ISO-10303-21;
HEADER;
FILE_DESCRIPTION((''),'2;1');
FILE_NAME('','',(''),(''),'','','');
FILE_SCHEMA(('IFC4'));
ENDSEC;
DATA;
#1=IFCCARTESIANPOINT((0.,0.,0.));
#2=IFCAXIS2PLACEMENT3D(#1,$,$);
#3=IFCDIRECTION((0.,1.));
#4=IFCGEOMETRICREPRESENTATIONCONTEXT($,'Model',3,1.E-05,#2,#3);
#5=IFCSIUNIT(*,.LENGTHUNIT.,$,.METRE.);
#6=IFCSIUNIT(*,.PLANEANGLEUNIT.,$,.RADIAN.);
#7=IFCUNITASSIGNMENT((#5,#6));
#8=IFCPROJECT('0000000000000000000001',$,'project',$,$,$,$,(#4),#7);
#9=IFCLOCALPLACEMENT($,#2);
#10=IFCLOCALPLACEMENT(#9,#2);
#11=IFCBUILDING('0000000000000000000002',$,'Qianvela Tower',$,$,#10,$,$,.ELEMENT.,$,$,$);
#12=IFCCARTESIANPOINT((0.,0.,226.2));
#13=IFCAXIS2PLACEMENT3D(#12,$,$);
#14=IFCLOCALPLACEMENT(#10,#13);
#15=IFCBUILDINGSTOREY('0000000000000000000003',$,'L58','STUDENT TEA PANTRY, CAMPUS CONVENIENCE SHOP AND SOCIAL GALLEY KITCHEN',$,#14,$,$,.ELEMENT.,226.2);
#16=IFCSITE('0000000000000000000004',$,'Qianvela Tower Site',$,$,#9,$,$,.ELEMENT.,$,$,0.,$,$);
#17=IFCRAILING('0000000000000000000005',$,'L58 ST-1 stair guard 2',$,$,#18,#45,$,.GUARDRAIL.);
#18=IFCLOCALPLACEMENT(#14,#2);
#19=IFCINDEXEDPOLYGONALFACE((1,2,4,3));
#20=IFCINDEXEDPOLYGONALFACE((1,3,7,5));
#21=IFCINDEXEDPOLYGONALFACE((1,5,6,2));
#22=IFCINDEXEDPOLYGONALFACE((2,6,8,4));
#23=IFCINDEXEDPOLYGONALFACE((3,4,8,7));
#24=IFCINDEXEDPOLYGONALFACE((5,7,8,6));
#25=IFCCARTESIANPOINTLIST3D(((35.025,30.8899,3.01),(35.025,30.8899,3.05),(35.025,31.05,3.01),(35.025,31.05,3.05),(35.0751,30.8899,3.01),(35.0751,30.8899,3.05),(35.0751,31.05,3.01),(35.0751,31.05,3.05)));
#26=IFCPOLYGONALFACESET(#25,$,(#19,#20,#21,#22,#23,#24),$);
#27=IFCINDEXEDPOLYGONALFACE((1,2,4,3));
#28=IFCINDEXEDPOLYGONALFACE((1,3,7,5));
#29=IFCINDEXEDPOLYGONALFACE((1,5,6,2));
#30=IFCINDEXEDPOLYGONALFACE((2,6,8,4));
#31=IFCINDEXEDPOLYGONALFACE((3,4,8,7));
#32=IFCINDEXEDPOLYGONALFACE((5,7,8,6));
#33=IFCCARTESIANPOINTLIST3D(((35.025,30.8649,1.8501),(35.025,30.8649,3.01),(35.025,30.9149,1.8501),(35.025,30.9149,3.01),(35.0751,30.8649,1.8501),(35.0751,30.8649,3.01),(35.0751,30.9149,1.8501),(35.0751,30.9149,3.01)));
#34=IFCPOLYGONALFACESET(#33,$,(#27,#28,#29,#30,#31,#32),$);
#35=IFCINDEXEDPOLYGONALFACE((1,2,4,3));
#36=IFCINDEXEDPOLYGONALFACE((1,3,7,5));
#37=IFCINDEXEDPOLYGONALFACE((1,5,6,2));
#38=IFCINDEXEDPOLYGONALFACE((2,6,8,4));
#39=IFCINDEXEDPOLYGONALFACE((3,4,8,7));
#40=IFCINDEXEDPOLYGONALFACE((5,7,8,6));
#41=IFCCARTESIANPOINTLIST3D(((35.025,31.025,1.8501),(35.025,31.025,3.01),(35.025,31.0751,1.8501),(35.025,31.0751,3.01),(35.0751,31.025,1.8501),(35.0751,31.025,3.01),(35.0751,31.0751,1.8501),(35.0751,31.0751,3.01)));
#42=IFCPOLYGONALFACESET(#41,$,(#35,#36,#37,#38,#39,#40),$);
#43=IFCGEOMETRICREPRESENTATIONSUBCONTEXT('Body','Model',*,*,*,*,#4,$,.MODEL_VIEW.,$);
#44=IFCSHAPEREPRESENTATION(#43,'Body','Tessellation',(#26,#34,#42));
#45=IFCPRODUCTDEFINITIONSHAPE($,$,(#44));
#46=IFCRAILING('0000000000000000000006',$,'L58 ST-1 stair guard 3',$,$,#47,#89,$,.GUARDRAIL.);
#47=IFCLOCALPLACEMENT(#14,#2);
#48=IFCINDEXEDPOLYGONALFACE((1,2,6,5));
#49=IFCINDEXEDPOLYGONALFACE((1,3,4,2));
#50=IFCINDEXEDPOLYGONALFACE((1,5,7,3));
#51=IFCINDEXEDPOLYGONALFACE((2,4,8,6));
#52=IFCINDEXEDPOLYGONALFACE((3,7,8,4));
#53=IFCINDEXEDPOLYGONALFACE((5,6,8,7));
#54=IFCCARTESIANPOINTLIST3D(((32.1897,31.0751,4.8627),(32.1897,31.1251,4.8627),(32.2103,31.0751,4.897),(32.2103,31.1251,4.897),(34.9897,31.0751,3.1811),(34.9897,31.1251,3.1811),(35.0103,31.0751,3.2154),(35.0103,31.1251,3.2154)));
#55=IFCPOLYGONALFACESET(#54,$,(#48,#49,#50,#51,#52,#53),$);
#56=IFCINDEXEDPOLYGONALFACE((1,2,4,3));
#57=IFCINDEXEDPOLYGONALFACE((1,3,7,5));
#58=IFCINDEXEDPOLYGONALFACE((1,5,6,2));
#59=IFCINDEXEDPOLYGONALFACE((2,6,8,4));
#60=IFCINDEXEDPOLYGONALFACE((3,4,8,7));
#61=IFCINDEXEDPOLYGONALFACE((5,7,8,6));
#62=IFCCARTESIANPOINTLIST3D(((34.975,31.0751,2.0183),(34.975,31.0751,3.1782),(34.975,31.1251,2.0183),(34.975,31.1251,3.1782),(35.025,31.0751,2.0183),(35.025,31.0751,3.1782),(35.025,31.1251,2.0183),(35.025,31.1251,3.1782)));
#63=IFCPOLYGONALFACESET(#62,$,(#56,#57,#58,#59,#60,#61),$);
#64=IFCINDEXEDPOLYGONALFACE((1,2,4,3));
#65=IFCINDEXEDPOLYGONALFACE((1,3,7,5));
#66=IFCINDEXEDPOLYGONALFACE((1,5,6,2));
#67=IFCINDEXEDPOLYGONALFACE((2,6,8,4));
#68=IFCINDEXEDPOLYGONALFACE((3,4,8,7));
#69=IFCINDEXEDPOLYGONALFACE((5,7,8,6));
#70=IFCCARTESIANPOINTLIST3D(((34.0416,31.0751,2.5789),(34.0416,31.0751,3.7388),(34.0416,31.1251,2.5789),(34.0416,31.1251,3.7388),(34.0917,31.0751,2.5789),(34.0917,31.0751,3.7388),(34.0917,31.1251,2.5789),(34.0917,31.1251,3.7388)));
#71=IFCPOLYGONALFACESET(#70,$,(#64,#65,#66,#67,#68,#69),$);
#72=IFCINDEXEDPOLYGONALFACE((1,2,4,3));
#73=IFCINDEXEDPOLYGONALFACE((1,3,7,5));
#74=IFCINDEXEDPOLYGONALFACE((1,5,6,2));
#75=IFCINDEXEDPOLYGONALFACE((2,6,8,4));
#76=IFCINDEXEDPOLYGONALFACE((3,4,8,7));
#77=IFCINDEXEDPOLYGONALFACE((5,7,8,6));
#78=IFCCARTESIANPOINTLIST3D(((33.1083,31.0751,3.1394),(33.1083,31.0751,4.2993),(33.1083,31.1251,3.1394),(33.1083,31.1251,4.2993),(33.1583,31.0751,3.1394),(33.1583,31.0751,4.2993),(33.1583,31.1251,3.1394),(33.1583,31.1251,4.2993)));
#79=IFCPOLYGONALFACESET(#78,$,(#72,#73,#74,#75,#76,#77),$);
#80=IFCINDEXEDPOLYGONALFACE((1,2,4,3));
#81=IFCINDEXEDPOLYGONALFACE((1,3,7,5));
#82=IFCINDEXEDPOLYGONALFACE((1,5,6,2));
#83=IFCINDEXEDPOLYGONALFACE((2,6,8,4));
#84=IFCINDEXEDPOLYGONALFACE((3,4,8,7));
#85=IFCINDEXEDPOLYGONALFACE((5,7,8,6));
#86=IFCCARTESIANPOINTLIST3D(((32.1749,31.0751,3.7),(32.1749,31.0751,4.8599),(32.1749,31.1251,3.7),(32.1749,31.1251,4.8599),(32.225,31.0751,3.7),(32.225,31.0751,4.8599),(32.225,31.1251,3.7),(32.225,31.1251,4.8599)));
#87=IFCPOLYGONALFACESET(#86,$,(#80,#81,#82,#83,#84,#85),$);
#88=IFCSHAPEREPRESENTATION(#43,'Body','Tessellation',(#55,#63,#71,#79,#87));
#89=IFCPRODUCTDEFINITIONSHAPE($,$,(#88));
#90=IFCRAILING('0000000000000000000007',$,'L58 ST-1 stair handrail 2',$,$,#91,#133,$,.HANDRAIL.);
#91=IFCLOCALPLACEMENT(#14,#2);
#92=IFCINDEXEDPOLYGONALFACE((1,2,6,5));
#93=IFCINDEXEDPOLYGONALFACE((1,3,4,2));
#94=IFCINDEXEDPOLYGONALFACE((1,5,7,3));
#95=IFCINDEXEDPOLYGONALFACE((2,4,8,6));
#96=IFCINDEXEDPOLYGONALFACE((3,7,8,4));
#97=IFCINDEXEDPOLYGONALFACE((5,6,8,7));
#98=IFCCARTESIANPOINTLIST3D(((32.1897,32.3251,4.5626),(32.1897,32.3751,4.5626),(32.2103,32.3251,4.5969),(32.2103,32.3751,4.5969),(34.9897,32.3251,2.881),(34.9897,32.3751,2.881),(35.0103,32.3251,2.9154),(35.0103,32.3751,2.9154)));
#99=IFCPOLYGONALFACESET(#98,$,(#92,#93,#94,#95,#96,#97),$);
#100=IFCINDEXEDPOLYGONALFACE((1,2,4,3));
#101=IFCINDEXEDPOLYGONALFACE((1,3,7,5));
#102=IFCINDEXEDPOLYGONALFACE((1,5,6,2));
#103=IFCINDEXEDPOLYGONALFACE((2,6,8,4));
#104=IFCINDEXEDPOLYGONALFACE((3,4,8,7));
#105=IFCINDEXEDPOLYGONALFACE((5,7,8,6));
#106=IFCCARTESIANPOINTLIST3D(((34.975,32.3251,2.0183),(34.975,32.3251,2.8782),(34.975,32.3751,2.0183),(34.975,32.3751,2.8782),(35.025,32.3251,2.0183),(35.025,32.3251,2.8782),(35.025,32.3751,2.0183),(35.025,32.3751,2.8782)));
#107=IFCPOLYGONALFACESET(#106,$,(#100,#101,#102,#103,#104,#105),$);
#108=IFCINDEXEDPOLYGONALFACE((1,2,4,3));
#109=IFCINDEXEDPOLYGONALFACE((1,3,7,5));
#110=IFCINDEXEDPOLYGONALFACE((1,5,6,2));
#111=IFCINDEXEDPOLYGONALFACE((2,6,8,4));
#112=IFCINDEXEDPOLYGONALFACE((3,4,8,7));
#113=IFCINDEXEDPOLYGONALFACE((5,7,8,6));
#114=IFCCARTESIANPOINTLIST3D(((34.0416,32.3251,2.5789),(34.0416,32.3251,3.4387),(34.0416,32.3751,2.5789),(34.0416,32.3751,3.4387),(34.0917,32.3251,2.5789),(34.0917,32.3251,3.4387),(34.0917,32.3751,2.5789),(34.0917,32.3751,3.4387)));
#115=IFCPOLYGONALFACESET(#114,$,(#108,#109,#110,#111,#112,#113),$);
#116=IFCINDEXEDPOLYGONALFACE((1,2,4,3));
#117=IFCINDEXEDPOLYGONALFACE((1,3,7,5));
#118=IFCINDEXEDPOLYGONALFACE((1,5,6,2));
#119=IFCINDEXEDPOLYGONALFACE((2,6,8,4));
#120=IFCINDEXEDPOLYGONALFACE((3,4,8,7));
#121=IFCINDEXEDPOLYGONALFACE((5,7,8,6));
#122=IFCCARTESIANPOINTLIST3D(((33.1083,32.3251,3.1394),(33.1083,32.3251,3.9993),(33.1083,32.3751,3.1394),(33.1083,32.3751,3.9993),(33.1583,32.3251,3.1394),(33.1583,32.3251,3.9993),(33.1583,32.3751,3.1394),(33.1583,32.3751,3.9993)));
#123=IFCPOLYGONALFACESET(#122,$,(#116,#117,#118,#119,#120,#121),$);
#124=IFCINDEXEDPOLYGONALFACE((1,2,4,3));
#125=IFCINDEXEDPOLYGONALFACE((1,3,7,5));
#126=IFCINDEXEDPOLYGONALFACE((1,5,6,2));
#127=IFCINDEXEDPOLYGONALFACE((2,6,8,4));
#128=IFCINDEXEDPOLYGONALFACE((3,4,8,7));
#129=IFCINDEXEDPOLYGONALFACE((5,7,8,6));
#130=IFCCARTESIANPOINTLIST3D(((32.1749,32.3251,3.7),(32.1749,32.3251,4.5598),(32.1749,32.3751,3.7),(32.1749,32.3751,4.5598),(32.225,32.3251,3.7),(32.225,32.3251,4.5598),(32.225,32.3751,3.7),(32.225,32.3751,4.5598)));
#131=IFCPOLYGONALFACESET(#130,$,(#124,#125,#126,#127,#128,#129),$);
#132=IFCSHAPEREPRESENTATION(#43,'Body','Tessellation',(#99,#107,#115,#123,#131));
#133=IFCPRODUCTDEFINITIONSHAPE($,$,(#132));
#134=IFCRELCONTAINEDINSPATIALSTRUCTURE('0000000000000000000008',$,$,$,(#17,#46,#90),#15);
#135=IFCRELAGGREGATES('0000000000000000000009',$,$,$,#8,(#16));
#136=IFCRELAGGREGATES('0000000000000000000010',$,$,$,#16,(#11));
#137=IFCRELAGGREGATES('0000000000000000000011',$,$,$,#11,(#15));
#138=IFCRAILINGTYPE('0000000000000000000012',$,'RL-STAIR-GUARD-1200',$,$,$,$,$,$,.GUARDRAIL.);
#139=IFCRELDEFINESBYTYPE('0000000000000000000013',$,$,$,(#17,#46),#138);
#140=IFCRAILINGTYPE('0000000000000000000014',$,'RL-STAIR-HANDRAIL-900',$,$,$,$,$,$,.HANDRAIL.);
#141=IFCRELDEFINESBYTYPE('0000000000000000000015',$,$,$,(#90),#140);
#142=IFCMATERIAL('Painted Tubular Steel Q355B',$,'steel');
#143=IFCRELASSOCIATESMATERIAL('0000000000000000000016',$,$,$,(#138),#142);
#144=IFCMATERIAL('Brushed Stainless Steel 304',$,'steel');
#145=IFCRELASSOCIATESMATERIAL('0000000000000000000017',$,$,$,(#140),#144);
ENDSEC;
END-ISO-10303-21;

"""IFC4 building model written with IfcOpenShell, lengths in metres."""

from ifc_helpers import new_model, si_unit, direction, frame, origin, origin_2d, place, context, subcontext, project, spatial, rectangle, extrude, material, type_object, element, save


model = new_model("IFC4")

# Units and contexts
model_context = context("Model", 3, precision=1e-05, world=origin(), true_north=direction((0.0, 1.0)))
body_context = subcontext(model_context, "Body", "Model", "MODEL_VIEW")
ifc_project = project(units=[si_unit("LENGTHUNIT", "METRE"), si_unit("PLANEANGLEUNIT", "RADIAN")], contexts=[model_context])

# Site, building, storey
site_placement = place(None, origin())
site = spatial("IfcSite", under=ifc_project, at=site_placement, Name="Qianvela Tower Site", CompositionType="ELEMENT", RefElevation=0.0)
building_placement = place(site_placement, origin())
building = spatial("IfcBuilding", under=site, at=building_placement, Name="Qianvela Tower", CompositionType="ELEMENT")
storey_placement = place(building_placement, frame((0.0, 0.0, 226.2)))
storey = spatial("IfcBuildingStorey", under=building, at=storey_placement, Name="L58", Description="STUDENT TEA PANTRY, CAMPUS CONVENIENCE SHOP AND SOCIAL GALLEY KITCHEN", CompositionType="ELEMENT", Elevation=226.2)

# Railings
ifc_material_1 = material(Name="Painted Tubular Steel Q355B", Category="steel")
railing_type_1 = type_object("IfcRailingType", Name="RL-STAIR-GUARD-1200", PredefinedType="GUARDRAIL", material=ifc_material_1)
railing_1_placement = place(storey_placement, frame((35.05, 30.8899, 1.8501)))
element("IfcRailing", 1, at=railing_1_placement, inside=storey, type_object=railing_type_1, Name="L58 ST-1 stair guard 2", PredefinedType="GUARDRAIL", context=body_context, shape_type="SweptSolid", body=[
    extrude(rectangle(XDim=0.05, YDim=0.04, at=origin_2d()), frame((0.0, 0.0, 1.1799), z_axis=(0.0, 1.0, 0.0), x_axis=(-1.0, 0.0, 0.0)), (0.0, 0.0, 1.0), 0.1602),
    extrude(rectangle(XDim=0.05, YDim=0.05, at=origin_2d()), origin(), (0.0, 0.0, 1.0), 1.1599),
    extrude(rectangle(XDim=0.05, YDim=0.05, at=origin_2d()), frame((0.0, 0.1602, 0.0)), (0.0, 0.0, 1.0), 1.1599),
])
railing_2_placement = place(storey_placement, frame((35.0, 31.1001, 2.0183)))
element("IfcRailing", 2, at=railing_2_placement, inside=storey, type_object=railing_type_1, Name="L58 ST-1 stair guard 3", PredefinedType="GUARDRAIL", context=body_context, shape_type="SweptSolid", body=[
    extrude(rectangle(XDim=0.05, YDim=0.04, at=origin_2d()), frame((0.0, 0.0, 1.1799), z_axis=(-0.857275, 0.0, 0.514858), x_axis=(0.0, -1.0, 0.0)), (0.0, 0.0, 1.0), 3.2661),
    extrude(rectangle(XDim=0.05, YDim=0.05, at=origin_2d()), origin(), (0.0, 0.0, 1.0), 1.1599),
    extrude(rectangle(XDim=0.05, YDim=0.05, at=origin_2d()), frame((-0.9333, 0.0, 0.5605)), (0.0, 0.0, 1.0), 1.1599),
    extrude(rectangle(XDim=0.05, YDim=0.05, at=origin_2d()), frame((-1.8667, 0.0, 1.1211)), (0.0, 0.0, 1.0), 1.1599),
    extrude(rectangle(XDim=0.05, YDim=0.05, at=origin_2d()), frame((-2.8, 0.0, 1.6816)), (0.0, 0.0, 1.0), 1.1599),
])
ifc_material_2 = material(Name="Brushed Stainless Steel 304", Category="steel")
railing_type_2 = type_object("IfcRailingType", Name="RL-STAIR-HANDRAIL-900", PredefinedType="HANDRAIL", material=ifc_material_2)
railing_3_placement = place(storey_placement, frame((35.0, 32.3501, 2.0183)))
element("IfcRailing", 3, at=railing_3_placement, inside=storey, type_object=railing_type_2, Name="L58 ST-1 stair handrail 2", PredefinedType="HANDRAIL", context=body_context, shape_type="SweptSolid", body=[
    extrude(rectangle(XDim=0.05, YDim=0.04, at=origin_2d()), frame((0.0, 0.0, 0.8799), z_axis=(-0.857275, 0.0, 0.514858), x_axis=(0.0, -1.0, 0.0)), (0.0, 0.0, 1.0), 3.2661),
    extrude(rectangle(XDim=0.05, YDim=0.05, at=origin_2d()), origin(), (0.0, 0.0, 1.0), 0.8599),
    extrude(rectangle(XDim=0.05, YDim=0.05, at=origin_2d()), frame((-0.9333, 0.0, 0.5605)), (0.0, 0.0, 1.0), 0.8599),
    extrude(rectangle(XDim=0.05, YDim=0.05, at=origin_2d()), frame((-1.8667, 0.0, 1.1211)), (0.0, 0.0, 1.0), 0.8599),
    extrude(rectangle(XDim=0.05, YDim=0.05, at=origin_2d()), frame((-2.8, 0.0, 1.6816)), (0.0, 0.0, 1.0), 0.8599),
])

save(model, "model.ifc")
